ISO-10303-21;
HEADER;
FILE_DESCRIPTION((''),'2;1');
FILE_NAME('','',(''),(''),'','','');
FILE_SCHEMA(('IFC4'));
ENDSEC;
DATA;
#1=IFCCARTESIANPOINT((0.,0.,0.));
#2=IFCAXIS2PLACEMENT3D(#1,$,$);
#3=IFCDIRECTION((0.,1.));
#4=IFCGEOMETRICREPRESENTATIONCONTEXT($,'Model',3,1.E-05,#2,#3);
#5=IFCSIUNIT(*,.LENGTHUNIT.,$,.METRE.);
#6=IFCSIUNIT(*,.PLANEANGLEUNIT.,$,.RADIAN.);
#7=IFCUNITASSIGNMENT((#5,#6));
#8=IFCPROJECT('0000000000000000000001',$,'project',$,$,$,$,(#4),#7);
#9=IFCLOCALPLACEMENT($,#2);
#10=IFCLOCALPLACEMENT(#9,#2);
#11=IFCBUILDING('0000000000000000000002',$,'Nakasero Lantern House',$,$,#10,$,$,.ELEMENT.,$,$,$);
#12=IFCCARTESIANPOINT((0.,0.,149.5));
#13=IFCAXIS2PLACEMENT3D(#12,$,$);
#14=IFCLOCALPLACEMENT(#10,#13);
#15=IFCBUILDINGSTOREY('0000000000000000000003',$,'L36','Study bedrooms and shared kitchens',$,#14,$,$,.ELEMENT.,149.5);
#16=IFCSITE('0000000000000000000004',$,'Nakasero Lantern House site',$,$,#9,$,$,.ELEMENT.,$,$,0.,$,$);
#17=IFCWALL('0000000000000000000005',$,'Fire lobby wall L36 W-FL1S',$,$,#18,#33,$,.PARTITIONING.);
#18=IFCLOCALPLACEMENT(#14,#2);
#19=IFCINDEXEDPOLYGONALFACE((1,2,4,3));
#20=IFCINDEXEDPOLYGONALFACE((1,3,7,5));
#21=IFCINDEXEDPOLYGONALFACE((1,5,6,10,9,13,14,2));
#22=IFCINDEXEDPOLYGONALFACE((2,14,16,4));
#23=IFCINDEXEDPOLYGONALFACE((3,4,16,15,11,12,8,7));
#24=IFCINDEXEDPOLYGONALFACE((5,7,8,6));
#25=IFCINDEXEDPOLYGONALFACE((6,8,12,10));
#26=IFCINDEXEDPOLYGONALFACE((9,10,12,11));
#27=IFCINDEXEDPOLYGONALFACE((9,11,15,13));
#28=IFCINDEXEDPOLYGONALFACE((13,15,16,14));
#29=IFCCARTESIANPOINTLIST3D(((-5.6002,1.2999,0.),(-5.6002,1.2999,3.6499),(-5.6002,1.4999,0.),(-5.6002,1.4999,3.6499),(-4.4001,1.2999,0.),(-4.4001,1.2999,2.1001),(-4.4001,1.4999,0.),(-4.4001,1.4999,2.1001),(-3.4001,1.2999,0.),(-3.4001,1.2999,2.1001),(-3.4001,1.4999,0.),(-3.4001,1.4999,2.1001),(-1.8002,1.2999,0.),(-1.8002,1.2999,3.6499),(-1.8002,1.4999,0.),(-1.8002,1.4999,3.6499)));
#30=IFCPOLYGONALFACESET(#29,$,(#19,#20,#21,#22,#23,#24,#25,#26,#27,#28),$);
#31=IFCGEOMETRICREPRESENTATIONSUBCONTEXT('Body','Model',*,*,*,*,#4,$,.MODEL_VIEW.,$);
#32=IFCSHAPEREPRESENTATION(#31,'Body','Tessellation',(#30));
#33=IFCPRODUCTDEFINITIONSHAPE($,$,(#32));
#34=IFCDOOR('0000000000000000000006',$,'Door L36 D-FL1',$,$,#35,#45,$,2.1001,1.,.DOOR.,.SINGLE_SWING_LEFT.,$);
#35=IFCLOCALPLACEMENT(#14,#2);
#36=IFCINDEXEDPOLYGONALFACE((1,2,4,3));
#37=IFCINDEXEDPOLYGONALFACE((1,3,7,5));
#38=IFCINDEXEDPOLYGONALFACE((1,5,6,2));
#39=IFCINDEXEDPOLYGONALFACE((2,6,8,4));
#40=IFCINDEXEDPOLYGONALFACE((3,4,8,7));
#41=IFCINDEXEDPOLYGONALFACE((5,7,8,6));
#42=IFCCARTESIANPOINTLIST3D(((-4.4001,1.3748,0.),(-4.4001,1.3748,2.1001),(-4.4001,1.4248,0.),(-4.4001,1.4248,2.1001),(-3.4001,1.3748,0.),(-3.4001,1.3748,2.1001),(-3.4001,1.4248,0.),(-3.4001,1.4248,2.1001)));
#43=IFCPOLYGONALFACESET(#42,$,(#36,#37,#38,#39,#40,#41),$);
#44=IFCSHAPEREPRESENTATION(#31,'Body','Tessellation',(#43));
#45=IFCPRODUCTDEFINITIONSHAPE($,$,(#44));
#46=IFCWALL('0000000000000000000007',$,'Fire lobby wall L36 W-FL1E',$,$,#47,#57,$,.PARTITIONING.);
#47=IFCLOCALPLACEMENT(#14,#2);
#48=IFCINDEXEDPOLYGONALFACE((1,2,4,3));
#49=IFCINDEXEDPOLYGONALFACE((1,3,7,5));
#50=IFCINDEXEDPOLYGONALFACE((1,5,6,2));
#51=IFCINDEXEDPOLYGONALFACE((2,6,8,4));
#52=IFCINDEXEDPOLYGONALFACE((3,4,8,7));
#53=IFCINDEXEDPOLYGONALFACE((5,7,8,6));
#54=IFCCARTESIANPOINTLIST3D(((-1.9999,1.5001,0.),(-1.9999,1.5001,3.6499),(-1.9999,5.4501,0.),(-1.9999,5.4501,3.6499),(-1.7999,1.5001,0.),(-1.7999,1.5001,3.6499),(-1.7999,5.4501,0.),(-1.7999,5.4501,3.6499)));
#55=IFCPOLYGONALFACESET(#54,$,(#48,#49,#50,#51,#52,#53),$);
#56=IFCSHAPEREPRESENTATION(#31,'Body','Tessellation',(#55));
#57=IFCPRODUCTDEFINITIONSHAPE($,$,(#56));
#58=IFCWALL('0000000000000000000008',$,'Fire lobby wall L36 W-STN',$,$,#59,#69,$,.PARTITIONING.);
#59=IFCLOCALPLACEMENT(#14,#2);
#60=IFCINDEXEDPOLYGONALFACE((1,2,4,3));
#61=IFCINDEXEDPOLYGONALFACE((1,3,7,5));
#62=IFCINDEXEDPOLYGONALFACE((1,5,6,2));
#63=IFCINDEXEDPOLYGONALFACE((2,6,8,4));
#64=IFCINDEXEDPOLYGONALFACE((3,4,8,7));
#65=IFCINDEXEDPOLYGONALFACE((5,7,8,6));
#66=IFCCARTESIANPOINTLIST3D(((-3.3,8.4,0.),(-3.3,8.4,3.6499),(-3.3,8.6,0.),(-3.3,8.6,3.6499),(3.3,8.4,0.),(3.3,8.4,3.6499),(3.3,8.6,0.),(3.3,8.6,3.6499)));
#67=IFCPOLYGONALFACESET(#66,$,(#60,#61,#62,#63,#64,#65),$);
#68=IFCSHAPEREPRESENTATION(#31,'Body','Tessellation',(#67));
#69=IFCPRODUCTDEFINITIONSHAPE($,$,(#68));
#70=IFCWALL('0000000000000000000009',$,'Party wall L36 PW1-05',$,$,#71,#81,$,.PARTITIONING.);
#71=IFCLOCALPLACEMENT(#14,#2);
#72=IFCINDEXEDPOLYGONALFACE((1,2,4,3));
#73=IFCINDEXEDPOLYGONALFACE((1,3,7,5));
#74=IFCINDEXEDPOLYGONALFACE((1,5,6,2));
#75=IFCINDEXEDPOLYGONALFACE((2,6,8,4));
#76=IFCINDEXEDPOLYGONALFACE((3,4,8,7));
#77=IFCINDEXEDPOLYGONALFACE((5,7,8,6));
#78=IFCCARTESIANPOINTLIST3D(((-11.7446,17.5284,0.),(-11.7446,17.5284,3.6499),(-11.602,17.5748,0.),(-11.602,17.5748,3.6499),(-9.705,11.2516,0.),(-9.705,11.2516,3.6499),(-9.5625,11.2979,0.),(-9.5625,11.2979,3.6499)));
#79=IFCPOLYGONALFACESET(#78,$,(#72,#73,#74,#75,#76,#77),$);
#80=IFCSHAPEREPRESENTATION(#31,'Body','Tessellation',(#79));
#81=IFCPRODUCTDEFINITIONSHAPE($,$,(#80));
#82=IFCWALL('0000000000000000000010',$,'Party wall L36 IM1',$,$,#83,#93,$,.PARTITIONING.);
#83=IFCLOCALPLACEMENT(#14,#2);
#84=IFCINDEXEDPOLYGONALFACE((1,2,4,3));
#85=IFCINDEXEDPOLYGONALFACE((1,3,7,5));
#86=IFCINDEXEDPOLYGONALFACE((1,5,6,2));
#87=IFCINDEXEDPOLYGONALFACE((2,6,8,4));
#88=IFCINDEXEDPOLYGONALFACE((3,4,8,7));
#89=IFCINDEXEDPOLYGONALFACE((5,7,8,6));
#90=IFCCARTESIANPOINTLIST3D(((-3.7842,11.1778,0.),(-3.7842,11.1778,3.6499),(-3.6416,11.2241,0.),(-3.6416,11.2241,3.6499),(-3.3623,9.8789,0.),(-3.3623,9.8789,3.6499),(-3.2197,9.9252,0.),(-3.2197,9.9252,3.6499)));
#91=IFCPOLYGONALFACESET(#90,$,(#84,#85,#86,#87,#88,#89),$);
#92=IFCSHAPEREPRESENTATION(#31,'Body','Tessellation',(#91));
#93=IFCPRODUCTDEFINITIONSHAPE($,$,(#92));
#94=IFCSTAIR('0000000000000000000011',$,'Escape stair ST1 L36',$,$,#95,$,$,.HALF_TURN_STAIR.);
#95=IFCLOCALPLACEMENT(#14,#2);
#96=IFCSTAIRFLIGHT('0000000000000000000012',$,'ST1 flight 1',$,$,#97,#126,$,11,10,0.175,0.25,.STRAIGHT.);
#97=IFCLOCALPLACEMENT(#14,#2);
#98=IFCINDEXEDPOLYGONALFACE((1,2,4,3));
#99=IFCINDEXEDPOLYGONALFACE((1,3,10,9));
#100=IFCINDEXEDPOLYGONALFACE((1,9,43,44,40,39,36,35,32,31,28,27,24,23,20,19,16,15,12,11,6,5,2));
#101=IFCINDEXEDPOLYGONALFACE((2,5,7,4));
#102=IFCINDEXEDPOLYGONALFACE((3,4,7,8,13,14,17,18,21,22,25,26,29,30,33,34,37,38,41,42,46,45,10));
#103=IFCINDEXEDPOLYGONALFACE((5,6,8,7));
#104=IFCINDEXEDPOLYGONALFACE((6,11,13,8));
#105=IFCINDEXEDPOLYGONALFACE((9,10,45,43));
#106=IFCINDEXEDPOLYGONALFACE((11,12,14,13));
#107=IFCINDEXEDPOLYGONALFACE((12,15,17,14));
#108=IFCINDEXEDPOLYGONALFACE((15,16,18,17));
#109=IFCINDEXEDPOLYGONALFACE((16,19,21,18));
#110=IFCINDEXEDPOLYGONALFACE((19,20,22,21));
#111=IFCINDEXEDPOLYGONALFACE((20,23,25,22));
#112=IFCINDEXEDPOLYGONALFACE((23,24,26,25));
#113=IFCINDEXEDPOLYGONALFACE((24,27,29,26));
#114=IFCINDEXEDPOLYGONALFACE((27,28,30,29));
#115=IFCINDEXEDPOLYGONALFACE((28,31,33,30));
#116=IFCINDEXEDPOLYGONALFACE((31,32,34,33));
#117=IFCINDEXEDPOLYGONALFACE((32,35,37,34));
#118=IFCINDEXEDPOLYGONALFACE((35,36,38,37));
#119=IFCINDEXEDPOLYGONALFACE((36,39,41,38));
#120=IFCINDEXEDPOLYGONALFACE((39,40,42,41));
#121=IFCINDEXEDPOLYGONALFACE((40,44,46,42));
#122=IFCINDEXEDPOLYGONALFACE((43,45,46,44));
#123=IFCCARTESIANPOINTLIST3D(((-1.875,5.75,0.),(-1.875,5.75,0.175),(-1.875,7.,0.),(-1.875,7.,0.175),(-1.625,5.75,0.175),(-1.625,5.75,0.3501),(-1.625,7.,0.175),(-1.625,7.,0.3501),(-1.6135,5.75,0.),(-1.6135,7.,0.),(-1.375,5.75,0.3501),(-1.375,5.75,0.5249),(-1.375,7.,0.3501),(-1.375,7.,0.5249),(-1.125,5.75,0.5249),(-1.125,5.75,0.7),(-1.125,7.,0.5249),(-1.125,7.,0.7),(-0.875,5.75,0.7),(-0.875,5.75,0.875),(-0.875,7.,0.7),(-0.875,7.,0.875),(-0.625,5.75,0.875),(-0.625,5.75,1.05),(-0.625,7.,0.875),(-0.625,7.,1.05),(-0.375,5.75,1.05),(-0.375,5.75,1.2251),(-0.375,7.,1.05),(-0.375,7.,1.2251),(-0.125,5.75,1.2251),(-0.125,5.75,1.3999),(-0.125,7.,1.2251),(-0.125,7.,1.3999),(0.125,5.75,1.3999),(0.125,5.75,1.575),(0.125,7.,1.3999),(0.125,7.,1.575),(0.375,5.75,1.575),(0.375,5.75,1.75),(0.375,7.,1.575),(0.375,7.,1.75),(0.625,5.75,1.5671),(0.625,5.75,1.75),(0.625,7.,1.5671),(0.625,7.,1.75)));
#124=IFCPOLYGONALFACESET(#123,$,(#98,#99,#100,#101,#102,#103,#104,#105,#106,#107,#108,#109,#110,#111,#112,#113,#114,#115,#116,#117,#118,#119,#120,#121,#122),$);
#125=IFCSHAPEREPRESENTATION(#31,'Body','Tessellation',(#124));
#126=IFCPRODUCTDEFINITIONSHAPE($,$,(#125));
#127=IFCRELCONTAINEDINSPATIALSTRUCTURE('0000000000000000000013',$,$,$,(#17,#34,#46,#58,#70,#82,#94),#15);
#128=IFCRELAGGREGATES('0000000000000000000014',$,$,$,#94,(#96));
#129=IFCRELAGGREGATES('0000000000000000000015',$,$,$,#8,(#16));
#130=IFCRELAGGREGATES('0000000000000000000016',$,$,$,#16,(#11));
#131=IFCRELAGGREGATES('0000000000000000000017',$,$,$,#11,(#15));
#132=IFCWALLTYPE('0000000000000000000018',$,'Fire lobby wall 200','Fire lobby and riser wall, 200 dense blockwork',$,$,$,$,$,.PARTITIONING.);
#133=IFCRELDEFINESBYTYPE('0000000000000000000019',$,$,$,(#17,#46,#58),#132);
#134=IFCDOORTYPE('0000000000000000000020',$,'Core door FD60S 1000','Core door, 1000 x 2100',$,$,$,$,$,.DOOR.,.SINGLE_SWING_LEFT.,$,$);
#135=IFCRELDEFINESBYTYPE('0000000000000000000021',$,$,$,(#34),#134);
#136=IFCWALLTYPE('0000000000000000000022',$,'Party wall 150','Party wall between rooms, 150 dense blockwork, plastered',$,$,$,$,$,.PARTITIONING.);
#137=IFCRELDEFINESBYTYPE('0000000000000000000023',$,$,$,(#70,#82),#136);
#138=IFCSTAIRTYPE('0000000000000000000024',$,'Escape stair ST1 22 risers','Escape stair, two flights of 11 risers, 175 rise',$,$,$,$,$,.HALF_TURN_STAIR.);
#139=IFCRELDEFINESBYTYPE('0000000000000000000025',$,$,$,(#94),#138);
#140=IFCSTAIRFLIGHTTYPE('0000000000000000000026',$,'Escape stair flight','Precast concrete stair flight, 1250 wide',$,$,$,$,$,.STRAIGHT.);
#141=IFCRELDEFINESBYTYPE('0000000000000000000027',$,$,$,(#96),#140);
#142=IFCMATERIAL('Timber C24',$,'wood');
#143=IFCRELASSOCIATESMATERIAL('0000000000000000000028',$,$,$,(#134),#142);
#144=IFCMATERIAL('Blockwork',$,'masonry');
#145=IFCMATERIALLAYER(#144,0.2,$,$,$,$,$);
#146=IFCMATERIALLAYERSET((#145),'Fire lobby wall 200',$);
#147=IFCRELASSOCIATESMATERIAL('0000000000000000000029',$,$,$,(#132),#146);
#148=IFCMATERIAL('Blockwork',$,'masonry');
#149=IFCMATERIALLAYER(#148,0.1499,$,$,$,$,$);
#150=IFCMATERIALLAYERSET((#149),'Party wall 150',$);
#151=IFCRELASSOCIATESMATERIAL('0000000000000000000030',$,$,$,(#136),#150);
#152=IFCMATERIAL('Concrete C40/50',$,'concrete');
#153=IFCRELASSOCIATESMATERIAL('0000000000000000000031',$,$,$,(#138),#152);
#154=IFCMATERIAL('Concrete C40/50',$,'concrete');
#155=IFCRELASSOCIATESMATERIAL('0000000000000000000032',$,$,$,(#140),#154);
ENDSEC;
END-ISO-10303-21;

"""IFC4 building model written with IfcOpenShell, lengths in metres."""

from ifc_helpers import new_model, si_unit, direction, frame, frame_2d, origin, place, context, subcontext, project, spatial, polyline, rectangle, outline, extrude, material, layer, layer_set, type_object, element, fill, aggregate, save


model = new_model("IFC4")

# Units and contexts
model_context = context("Model", 3, precision=1e-05, world=origin(), true_north=direction((0.0, 1.0)))
body_context = subcontext(model_context, "Body", "Model", "MODEL_VIEW")
ifc_project = project(units=[si_unit("LENGTHUNIT", "METRE"), si_unit("PLANEANGLEUNIT", "RADIAN")], contexts=[model_context])

# Site, building, storey
site_placement = place(None, origin())
site = spatial("IfcSite", under=ifc_project, at=site_placement, Name="Nakasero Lantern House site", CompositionType="ELEMENT", RefElevation=0.0)
building_placement = place(site_placement, origin())
building = spatial("IfcBuilding", under=site, at=building_placement, Name="Nakasero Lantern House", CompositionType="ELEMENT")
storey_placement = place(building_placement, frame((0.0, 0.0, 149.5)))
storey = spatial("IfcBuildingStorey", under=building, at=storey_placement, Name="L36", Description="Study bedrooms and shared kitchens", CompositionType="ELEMENT", Elevation=149.5)

# Shared definitions
ifc_material_1 = material(Name="Timber C24", Category="wood")
door_type_1 = type_object("IfcDoorType", Name="Core door FD60S 1000", Description="Core door, 1000 x 2100", OperationType="SINGLE_SWING_LEFT", PredefinedType="DOOR", material=ifc_material_1)

# Wall, opening, door
ifc_material_2 = material(Name="Blockwork", Category="masonry")
ifc_layer_1 = layer(ifc_material_2, 0.2)
ifc_layer_set_1 = layer_set([ifc_layer_1], Name="Fire lobby wall 200")
wall_type_1 = type_object("IfcWallType", Name="Fire lobby wall 200", Description="Fire lobby and riser wall, 200 dense blockwork", PredefinedType="PARTITIONING", material=ifc_layer_set_1)
wall_1_placement = place(storey_placement, frame((-5.6001, 1.3999, 0.0), z_axis=(0.0, 0.0, 1.0), x_axis=(1.0, 0.0, 0.0)))
wall_1 = element("IfcWall", 1, at=wall_1_placement, inside=storey, type_object=wall_type_1, Name="Fire lobby wall L36 W-FL1S", PredefinedType="PARTITIONING", context=body_context, shape_type="SweptSolid", body=[
    extrude(rectangle(XDim=3.8, YDim=0.2, at=frame_2d((1.8999, 0.0))), origin(), (0.0, 0.0, 1.0), 3.6499),
])
opening_1_placement = place(wall_1_placement, frame((1.2, 0.0, 0.0)))
opening_1 = element("IfcOpeningElement", 2, at=opening_1_placement, cuts=wall_1, PredefinedType="OPENING", context=body_context, shape_type="SweptSolid", body=[
    extrude(rectangle(XDim=1.0, YDim=2.1001, at=frame_2d((0.5, 1.05))), frame((0.0, 0.1199, 0.0), z_axis=(0.0, -1.0, 0.0), x_axis=(1.0, 0.0, 0.0)), (0.0, 0.0, 1.0), 0.24),
])
door_1_placement = place(opening_1_placement, origin())
door_1 = element("IfcDoor", 3, at=door_1_placement, inside=storey, type_object=door_type_1, Name="Door L36 D-FL1", OperationType="SINGLE_SWING_LEFT", OverallHeight=2.1001, OverallWidth=1.0, PredefinedType="DOOR", context=body_context, shape_type="SweptSolid", body=[
    extrude(rectangle(XDim=1.0, YDim=2.1001, at=frame_2d((0.5, 1.05))), frame((0.0, 0.0249, 0.0), z_axis=(0.0, -1.0, 0.0), x_axis=(1.0, 0.0, 0.0)), (0.0, 0.0, 1.0), 0.05),
])
fill(opening_1, door_1)

# Walls
wall_2_placement = place(storey_placement, frame((-1.8999, 1.5, 0.0), z_axis=(0.0, 0.0, 1.0), x_axis=(0.0, 1.0, 0.0)))
element("IfcWall", 4, at=wall_2_placement, inside=storey, type_object=wall_type_1, Name="Fire lobby wall L36 W-FL1E", PredefinedType="PARTITIONING", context=body_context, shape_type="SweptSolid", body=[
    extrude(rectangle(XDim=3.95, YDim=0.2, at=frame_2d((1.9751, 0.0))), origin(), (0.0, 0.0, 1.0), 3.6499),
])
wall_3_placement = place(storey_placement, frame((-3.3, 8.5, 0.0), z_axis=(0.0, 0.0, 1.0), x_axis=(1.0, 0.0, 0.0)))
element("IfcWall", 5, at=wall_3_placement, inside=storey, type_object=wall_type_1, Name="Fire lobby wall L36 W-STN", PredefinedType="PARTITIONING", context=body_context, shape_type="SweptSolid", body=[
    extrude(rectangle(XDim=6.6001, YDim=0.2, at=frame_2d((3.3, 0.0))), origin(), (0.0, 0.0, 1.0), 3.6499),
])
ifc_material_3 = material(Name="Blockwork", Category="masonry")
ifc_layer_2 = layer(ifc_material_3, 0.1499)
ifc_layer_set_2 = layer_set([ifc_layer_2], Name="Party wall 150")
wall_type_2 = type_object("IfcWallType", Name="Party wall 150", Description="Party wall between rooms, 150 dense blockwork, plastered", PredefinedType="PARTITIONING", material=ifc_layer_set_2)
wall_4_placement = place(storey_placement, frame((-9.6338, 11.2749, 0.0), z_axis=(0.0, 0.0, 1.0), x_axis=(-0.309028, 0.951053, 0.0)))
element("IfcWall", 6, at=wall_4_placement, inside=storey, type_object=wall_type_2, Name="Party wall L36 PW1-05", PredefinedType="PARTITIONING", context=body_context, shape_type="SweptSolid", body=[
    extrude(rectangle(XDim=6.5999, YDim=0.1499, at=frame_2d((3.2998, 0.0))), origin(), (0.0, 0.0, 1.0), 3.6499),
])
wall_5_placement = place(storey_placement, frame((-3.7129, 11.2009, 0.0), z_axis=(0.0, 0.0, 1.0), x_axis=(0.308924, -0.951087, 0.0)))
element("IfcWall", 7, at=wall_5_placement, inside=storey, type_object=wall_type_2, Name="Party wall L36 IM1", PredefinedType="PARTITIONING", context=body_context, shape_type="SweptSolid", body=[
    extrude(rectangle(XDim=1.3657, YDim=0.1499, at=frame_2d((0.6829, 0.0))), origin(), (0.0, 0.0, 1.0), 3.6499),
])

# Stair, stair flight
ifc_material_4 = material(Name="Concrete C40/50", Category="concrete")
stair_type = type_object("IfcStairType", Name="Escape stair ST1 22 risers", Description="Escape stair, two flights of 11 risers, 175 rise", PredefinedType="HALF_TURN_STAIR", material=ifc_material_4)
stair_placement = place(storey_placement, origin())
stair = element("IfcStair", 8, at=stair_placement, inside=storey, type_object=stair_type, Name="Escape stair ST1 L36", PredefinedType="HALF_TURN_STAIR")
ifc_material_5 = material(Name="Concrete C40/50", Category="concrete")
stair_flight_type = type_object("IfcStairFlightType", Name="Escape stair flight", Description="Precast concrete stair flight, 1250 wide", PredefinedType="STRAIGHT", material=ifc_material_5)
stair_flight_placement = place(storey_placement, frame((-1.875, 6.375, 0.0), z_axis=(0.0, 0.0, 1.0), x_axis=(1.0, 0.0, 0.0)))
stair_flight = element("IfcStairFlight", 9, at=stair_flight_placement, type_object=stair_flight_type, Name="ST1 flight 1", NumberOfRisers=11, NumberOfTreads=10, PredefinedType="STRAIGHT", RiserHeight=0.175, TreadLength=0.25, context=body_context, shape_type="SweptSolid", body=[
    extrude(outline(polyline([(0.0, 0.0), (0.0, 0.175), (0.25, 0.175), (0.25, 0.3501), (0.5, 0.3501), (0.5, 0.5249), (0.75, 0.5249), (0.75, 0.7), (1.0, 0.7), (1.0, 0.875), (1.25, 0.875), (1.25, 1.05), (1.5, 1.05), (1.5, 1.2251), (1.75, 1.2251), (1.75, 1.3999), (2.0, 1.3999), (2.0, 1.575), (2.25, 1.575), (2.25, 1.75), (2.5, 1.75), (2.5, 1.925), (2.5, 1.5671), (0.2615, 0.0), (0.0, 0.0)])), frame((0.0, 0.625, 0.0), z_axis=(0.0, -1.0, 0.0), x_axis=(1.0, 0.0, 0.0)), (0.0, 0.0, 1.0), 1.25),
])
aggregate(stair, [stair_flight])

save(model, "model.ifc")
